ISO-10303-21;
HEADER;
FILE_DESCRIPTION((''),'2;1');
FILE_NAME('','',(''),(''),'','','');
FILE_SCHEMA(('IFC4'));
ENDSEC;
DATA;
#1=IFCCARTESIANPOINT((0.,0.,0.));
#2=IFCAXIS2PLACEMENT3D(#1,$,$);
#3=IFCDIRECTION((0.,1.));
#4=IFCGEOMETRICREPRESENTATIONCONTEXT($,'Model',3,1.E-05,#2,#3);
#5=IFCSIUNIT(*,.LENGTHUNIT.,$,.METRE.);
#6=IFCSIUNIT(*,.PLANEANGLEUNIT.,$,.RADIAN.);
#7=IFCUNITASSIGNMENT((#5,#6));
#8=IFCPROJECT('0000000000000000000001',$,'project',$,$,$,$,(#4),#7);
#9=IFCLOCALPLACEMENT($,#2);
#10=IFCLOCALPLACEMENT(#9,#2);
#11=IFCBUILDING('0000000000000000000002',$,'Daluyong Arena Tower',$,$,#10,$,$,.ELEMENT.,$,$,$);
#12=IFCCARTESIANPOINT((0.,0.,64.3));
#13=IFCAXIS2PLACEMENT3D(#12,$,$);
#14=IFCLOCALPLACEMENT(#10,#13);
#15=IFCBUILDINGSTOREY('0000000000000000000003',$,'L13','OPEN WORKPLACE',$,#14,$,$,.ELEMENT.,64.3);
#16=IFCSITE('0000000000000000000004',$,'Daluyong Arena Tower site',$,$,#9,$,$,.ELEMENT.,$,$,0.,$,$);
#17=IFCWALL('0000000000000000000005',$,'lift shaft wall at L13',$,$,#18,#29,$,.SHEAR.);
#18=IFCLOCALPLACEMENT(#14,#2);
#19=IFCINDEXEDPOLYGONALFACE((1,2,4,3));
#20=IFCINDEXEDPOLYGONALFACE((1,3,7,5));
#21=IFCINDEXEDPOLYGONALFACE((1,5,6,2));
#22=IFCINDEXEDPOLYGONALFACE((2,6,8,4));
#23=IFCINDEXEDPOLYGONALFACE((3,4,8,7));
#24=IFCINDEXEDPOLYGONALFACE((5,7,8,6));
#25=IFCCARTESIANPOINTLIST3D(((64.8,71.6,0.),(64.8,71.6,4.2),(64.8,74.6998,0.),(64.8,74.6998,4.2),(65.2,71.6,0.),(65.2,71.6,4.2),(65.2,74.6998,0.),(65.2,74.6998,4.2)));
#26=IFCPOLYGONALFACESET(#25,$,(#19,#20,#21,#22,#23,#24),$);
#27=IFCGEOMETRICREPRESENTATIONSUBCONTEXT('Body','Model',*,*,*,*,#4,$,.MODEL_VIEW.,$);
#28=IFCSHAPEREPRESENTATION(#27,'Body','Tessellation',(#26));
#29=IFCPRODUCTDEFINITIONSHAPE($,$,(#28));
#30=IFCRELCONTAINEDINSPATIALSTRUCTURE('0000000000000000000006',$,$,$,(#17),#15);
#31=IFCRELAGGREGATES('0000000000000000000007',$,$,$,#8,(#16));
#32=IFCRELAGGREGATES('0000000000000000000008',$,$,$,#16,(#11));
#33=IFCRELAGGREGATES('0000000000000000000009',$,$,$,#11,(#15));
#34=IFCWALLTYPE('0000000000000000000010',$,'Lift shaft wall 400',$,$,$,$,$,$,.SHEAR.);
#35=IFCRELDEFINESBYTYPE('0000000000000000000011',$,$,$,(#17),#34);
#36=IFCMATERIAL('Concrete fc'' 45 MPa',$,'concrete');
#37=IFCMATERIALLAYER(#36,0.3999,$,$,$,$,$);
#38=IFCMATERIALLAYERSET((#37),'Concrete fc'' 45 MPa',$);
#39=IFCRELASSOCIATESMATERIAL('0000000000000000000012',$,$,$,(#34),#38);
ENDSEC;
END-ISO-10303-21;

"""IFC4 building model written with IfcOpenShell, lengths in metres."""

from ifc_helpers import new_model, si_unit, direction, frame, frame_2d, origin, place, context, subcontext, project, spatial, rectangle, extrude, material, layer, layer_set, type_object, element, save


model = new_model("IFC4")

# Units and contexts
model_context = context("Model", 3, precision=1e-05, world=origin(), true_north=direction((0.0, 1.0)))
body_context = subcontext(model_context, "Body", "Model", "MODEL_VIEW")
ifc_project = project(units=[si_unit("LENGTHUNIT", "METRE"), si_unit("PLANEANGLEUNIT", "RADIAN")], contexts=[model_context])

# Site, building, storey
site_placement = place(None, origin())
site = spatial("IfcSite", under=ifc_project, at=site_placement, Name="Daluyong Arena Tower site", CompositionType="ELEMENT", RefElevation=0.0)
building_placement = place(site_placement, origin())
building = spatial("IfcBuilding", under=site, at=building_placement, Name="Daluyong Arena Tower", CompositionType="ELEMENT")
storey_placement = place(building_placement, frame((0.0, 0.0, 64.3)))
storey = spatial("IfcBuildingStorey", under=building, at=storey_placement, Name="L13", Description="OPEN WORKPLACE", CompositionType="ELEMENT", Elevation=64.3)

# Wall
ifc_material_1 = material(Name="Concrete fc' 45 MPa", Category="concrete")
ifc_layer_1 = layer(ifc_material_1, 0.3999)
ifc_layer_set_1 = layer_set([ifc_layer_1], Name="Concrete fc' 45 MPa")
wall_type_1 = type_object("IfcWallType", Name="Lift shaft wall 400", PredefinedType="SHEAR", material=ifc_layer_set_1)
wall_1_placement = place(storey_placement, frame((65.0, 71.6001, 0.0), z_axis=(0.0, 0.0, 1.0), x_axis=(0.0, 1.0, 0.0)))
element("IfcWall", 1, at=wall_1_placement, inside=storey, type_object=wall_type_1, Name="lift shaft wall at L13", PredefinedType="SHEAR", context=body_context, shape_type="SweptSolid", body=[
    extrude(rectangle(XDim=3.0999, YDim=0.3999, at=frame_2d((1.5498, 0.0))), origin(), (0.0, 0.0, 1.0), 4.2),
])

save(model, "model.ifc")
